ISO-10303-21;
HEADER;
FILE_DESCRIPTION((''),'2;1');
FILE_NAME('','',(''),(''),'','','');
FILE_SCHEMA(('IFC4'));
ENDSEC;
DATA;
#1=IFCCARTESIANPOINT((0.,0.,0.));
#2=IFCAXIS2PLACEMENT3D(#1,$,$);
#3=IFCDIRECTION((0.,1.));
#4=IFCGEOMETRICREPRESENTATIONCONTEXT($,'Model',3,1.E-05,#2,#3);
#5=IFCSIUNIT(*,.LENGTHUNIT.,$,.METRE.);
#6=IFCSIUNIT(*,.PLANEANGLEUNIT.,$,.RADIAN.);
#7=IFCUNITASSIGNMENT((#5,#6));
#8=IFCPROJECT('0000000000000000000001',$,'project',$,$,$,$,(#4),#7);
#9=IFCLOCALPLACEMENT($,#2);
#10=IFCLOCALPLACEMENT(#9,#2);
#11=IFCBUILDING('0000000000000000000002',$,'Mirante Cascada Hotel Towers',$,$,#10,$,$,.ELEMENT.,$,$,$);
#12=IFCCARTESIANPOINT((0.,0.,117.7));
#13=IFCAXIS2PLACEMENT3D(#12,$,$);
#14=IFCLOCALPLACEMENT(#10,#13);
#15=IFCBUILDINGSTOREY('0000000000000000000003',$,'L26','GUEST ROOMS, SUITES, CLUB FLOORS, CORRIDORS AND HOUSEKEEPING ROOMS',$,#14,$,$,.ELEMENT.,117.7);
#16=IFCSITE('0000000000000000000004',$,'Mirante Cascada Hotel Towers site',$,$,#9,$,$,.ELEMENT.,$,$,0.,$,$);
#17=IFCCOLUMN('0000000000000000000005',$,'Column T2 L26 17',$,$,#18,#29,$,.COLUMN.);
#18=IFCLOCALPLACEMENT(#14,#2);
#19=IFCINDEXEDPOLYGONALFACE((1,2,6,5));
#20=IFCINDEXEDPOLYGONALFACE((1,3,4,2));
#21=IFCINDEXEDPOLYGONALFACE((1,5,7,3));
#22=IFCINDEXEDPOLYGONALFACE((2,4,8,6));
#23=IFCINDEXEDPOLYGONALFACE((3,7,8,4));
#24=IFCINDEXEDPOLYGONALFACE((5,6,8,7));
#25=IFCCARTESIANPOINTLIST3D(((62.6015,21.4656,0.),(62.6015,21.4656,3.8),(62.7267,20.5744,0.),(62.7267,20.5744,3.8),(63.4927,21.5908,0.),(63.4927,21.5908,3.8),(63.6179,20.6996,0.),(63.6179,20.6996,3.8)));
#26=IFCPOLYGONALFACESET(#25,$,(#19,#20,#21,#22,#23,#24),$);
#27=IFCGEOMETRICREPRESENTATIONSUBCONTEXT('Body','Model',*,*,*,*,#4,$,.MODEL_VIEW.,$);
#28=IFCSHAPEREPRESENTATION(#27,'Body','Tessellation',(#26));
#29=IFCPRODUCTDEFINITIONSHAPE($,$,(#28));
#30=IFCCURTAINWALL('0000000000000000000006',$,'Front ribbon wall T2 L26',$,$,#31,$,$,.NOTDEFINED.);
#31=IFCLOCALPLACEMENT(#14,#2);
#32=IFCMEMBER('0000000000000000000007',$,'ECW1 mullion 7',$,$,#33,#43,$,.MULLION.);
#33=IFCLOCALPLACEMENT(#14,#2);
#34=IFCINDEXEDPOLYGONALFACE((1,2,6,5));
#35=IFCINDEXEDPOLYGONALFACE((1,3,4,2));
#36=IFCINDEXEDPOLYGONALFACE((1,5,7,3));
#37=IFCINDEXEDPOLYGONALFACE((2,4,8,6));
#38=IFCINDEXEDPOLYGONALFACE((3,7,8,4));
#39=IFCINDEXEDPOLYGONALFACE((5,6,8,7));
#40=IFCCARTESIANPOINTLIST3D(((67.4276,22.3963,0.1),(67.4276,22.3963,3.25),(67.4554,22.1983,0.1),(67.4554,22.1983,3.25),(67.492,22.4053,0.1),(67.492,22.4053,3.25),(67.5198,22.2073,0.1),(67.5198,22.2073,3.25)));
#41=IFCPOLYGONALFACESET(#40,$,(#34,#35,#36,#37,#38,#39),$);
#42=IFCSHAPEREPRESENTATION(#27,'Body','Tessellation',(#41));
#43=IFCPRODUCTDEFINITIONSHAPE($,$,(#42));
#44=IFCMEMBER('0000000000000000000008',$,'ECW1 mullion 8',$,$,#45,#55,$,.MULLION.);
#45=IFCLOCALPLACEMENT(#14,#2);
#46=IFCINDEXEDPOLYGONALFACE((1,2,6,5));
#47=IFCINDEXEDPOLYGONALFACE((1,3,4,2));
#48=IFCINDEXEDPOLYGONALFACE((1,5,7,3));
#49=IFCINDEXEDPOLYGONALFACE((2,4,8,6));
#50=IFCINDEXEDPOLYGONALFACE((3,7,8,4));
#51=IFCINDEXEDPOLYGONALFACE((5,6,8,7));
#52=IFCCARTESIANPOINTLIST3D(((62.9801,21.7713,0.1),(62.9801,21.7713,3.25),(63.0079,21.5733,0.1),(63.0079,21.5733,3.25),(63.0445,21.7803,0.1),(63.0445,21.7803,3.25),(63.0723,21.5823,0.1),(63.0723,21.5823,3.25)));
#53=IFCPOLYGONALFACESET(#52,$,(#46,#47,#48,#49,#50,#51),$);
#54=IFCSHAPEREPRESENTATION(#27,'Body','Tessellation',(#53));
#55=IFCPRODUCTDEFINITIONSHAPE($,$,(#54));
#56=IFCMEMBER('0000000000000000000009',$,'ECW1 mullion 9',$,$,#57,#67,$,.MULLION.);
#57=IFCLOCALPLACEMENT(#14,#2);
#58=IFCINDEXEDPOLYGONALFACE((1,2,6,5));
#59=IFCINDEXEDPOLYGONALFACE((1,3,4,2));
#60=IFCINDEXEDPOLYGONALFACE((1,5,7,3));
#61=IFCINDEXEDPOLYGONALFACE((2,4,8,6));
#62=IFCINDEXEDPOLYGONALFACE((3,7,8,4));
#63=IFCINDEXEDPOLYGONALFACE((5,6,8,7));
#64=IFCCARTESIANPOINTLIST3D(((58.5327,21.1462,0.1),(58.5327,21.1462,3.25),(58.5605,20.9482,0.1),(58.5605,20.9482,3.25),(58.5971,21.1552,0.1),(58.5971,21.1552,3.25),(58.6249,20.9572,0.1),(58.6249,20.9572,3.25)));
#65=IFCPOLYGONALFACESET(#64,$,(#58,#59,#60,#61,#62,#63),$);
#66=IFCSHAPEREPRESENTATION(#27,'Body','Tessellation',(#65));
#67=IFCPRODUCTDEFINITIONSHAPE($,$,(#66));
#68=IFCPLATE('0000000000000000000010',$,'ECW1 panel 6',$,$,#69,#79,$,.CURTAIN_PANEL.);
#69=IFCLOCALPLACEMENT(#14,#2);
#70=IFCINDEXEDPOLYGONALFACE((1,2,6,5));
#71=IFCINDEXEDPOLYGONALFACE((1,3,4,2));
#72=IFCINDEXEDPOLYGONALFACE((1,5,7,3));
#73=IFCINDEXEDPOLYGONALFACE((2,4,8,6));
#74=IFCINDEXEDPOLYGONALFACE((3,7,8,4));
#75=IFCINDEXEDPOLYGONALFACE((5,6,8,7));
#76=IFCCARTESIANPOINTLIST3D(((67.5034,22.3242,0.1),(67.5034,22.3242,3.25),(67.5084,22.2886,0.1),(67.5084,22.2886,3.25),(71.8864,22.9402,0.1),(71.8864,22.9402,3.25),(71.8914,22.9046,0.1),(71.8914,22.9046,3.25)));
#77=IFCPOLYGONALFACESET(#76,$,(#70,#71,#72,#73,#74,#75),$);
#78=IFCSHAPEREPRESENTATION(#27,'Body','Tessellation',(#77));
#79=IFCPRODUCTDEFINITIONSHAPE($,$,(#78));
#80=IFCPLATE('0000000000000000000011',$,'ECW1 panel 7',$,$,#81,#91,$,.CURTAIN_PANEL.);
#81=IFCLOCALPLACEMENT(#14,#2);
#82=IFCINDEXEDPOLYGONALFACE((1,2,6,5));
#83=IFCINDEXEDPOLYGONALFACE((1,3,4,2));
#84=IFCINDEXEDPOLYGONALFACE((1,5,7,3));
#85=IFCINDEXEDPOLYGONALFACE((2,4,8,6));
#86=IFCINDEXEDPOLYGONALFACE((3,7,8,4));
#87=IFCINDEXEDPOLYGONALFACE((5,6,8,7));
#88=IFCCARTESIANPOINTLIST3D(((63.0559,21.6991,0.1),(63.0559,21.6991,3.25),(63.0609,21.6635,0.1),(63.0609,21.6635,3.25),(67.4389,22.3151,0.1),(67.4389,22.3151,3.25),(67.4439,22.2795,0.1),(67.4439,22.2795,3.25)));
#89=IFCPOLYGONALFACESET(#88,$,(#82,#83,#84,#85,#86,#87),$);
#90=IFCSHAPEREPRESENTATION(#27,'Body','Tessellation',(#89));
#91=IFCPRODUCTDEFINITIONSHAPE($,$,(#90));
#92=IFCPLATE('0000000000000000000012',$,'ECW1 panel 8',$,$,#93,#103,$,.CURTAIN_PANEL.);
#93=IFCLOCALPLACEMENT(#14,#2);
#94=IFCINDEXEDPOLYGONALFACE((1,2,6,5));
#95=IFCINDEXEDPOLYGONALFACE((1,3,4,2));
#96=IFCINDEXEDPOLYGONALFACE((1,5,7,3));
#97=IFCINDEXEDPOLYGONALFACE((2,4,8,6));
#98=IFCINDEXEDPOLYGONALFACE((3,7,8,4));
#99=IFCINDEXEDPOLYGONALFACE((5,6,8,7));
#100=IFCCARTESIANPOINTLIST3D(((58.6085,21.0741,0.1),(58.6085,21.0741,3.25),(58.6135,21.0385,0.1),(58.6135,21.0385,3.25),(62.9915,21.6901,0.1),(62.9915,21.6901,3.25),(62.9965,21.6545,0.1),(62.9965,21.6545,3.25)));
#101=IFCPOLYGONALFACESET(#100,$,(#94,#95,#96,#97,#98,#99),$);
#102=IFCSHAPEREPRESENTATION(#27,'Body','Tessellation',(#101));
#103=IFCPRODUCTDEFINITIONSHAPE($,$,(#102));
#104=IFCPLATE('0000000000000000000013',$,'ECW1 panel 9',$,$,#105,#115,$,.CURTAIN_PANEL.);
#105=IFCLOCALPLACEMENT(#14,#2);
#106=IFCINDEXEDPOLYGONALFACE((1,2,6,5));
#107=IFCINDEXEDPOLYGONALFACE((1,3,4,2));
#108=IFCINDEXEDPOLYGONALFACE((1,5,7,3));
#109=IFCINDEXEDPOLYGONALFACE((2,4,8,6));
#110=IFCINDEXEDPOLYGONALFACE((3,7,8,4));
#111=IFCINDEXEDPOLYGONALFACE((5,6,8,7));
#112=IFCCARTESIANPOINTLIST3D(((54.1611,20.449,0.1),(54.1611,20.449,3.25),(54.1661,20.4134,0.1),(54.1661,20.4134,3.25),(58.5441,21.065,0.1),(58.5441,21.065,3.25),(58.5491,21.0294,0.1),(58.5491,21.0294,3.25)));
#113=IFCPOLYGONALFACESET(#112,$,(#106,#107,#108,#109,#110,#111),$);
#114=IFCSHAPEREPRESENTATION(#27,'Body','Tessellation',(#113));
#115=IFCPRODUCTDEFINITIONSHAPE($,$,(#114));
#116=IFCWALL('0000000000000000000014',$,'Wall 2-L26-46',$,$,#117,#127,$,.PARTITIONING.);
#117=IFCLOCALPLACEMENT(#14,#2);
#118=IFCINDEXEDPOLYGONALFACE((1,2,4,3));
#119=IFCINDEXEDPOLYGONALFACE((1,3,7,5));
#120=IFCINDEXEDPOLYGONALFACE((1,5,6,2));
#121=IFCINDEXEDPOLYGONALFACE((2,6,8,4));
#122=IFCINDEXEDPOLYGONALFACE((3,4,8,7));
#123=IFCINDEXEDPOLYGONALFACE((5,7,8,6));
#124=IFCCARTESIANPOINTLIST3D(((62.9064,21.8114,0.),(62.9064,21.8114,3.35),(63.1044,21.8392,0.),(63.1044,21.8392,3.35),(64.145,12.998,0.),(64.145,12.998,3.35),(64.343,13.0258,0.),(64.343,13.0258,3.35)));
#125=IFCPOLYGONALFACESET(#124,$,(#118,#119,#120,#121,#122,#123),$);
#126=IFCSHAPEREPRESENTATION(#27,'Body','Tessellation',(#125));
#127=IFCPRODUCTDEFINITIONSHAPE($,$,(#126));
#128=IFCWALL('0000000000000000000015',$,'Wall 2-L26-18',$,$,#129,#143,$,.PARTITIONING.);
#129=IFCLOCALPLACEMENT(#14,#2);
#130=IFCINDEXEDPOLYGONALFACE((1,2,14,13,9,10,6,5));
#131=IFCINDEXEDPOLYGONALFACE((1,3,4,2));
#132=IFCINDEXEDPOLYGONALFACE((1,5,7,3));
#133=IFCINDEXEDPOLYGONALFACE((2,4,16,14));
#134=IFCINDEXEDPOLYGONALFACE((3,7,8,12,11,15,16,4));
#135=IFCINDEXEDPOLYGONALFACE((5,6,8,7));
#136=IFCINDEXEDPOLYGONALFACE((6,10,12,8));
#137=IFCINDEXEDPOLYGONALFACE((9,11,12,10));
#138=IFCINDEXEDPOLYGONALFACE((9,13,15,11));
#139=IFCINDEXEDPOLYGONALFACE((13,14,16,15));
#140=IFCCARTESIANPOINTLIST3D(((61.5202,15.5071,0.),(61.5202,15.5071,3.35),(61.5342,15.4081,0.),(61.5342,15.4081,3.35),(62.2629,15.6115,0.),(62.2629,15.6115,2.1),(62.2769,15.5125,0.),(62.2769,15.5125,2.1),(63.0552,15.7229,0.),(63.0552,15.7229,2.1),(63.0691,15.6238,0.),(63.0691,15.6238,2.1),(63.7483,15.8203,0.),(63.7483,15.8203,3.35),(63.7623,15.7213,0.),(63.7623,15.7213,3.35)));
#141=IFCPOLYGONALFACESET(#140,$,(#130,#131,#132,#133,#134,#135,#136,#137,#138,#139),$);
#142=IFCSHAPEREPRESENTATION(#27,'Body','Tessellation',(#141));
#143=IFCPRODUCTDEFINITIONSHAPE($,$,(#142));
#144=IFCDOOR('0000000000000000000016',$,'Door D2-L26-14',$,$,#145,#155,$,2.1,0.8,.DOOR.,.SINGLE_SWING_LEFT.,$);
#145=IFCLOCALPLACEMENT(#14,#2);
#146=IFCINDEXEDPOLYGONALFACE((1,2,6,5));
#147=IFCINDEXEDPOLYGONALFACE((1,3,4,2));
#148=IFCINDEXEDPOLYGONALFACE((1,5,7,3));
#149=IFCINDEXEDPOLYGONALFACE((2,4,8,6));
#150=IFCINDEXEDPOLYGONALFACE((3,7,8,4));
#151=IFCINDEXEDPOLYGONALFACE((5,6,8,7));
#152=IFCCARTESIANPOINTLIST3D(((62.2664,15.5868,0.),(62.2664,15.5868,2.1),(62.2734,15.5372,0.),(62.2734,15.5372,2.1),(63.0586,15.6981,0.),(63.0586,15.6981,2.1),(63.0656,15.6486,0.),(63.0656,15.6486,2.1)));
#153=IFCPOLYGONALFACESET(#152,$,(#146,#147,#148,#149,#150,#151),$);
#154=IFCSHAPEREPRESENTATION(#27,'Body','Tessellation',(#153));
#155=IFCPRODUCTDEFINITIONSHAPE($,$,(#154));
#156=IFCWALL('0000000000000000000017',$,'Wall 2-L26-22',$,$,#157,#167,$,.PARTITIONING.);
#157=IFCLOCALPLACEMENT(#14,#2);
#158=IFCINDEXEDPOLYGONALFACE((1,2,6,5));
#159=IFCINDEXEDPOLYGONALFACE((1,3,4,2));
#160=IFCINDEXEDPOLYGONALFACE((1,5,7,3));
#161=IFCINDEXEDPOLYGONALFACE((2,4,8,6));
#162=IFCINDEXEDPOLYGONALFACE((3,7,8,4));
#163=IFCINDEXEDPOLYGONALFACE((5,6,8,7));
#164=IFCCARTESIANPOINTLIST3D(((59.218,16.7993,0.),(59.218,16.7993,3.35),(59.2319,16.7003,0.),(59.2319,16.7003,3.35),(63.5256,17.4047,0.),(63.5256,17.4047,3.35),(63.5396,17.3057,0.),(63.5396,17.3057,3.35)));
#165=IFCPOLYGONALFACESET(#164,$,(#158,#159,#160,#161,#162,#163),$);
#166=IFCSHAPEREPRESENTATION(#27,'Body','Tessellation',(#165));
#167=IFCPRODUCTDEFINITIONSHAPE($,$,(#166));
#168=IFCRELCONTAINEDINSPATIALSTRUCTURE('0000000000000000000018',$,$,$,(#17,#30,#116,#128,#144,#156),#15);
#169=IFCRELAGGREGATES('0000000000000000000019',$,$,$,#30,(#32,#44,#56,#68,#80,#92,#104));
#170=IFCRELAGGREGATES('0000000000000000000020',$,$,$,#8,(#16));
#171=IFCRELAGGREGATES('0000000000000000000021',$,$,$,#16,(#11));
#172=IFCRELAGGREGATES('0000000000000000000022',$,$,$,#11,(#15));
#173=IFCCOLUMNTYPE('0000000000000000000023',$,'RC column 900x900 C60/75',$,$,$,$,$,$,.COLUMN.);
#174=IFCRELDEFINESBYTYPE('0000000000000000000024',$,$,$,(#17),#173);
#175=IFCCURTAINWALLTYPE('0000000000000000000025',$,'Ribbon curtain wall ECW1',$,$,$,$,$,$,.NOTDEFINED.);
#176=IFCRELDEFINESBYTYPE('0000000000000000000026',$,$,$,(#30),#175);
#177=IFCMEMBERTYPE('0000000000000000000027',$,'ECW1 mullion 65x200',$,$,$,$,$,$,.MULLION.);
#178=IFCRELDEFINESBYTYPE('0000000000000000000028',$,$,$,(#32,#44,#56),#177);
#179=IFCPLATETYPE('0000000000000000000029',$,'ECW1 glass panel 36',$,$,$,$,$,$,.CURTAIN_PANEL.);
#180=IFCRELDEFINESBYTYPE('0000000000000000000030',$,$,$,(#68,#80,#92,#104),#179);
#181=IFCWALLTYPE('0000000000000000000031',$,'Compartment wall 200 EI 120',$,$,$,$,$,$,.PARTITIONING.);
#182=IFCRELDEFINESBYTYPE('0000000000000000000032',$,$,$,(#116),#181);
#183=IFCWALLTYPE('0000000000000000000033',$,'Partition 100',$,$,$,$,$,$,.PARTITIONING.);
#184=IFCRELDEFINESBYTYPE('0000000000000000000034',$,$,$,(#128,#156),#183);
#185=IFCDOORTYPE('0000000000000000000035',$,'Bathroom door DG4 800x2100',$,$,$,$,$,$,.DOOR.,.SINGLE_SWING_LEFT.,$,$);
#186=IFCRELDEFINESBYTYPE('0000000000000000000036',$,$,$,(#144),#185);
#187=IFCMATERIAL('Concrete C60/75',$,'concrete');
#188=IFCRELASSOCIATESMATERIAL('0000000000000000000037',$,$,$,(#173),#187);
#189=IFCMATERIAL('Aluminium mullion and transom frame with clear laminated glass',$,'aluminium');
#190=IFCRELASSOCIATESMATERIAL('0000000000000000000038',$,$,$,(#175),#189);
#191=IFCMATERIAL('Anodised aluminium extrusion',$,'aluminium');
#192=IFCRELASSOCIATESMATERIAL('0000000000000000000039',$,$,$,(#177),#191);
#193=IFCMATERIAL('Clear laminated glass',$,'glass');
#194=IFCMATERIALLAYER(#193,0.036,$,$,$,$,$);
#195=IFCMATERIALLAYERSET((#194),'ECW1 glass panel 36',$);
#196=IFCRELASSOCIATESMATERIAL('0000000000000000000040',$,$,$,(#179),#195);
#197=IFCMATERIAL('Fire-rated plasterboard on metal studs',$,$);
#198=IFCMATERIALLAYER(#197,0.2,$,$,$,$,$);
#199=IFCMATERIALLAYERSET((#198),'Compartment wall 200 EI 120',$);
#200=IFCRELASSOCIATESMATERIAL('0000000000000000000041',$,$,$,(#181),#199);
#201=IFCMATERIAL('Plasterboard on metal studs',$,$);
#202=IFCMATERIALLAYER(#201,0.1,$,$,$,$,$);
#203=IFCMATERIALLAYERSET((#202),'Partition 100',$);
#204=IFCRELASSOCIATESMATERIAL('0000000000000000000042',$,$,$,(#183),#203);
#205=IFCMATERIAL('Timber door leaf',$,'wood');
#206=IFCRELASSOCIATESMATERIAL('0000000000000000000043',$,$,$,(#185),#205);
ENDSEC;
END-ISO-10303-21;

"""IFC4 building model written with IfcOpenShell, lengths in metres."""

from ifc_helpers import new_model, si_unit, direction, frame, frame_2d, origin, origin_2d, place, context, subcontext, project, spatial, rectangle, extrude, material, layer, layer_set, material_profile, profile_set, type_object, element, fill, aggregate, save


model = new_model("IFC4")

# Units and contexts
model_context = context("Model", 3, precision=1e-05, world=origin(), true_north=direction((0.0, 1.0)))
body_context = subcontext(model_context, "Body", "Model", "MODEL_VIEW")
ifc_project = project(units=[si_unit("LENGTHUNIT", "METRE"), si_unit("PLANEANGLEUNIT", "RADIAN")], contexts=[model_context])

# Site, building, storey
site_placement = place(None, origin())
site = spatial("IfcSite", under=ifc_project, at=site_placement, Name="Mirante Cascada Hotel Towers site", CompositionType="ELEMENT", RefElevation=0.0)
building_placement = place(site_placement, origin())
building = spatial("IfcBuilding", under=site, at=building_placement, Name="Mirante Cascada Hotel Towers", CompositionType="ELEMENT")
storey_placement = place(building_placement, frame((0.0, 0.0, 117.7)))
storey = spatial("IfcBuildingStorey", under=building, at=storey_placement, Name="L26", Description="GUEST ROOMS, SUITES, CLUB FLOORS, CORRIDORS AND HOUSEKEEPING ROOMS", CompositionType="ELEMENT", Elevation=117.7)

# Column
ifc_material_1 = material(Name="Concrete C60/75", Category="concrete")
ifc_material_profile_1 = material_profile(ifc_material_1, rectangle(XDim=0.9, YDim=0.9, at=origin_2d()), Name="RC column 900x900 C60/75")
ifc_profile_set_1 = profile_set([ifc_material_profile_1], Name="Concrete C60/75")
column_type = type_object("IfcColumnType", Name="RC column 900x900 C60/75", PredefinedType="COLUMN", material=ifc_profile_set_1)
column_placement = place(storey_placement, frame((63.1097, 21.0826, 0.0), z_axis=(0.0, 0.0, 1.0), x_axis=(0.990268, 0.139173, 0.0)))
element("IfcColumn", 1, at=column_placement, inside=storey, type_object=column_type, Name="Column T2 L26 17", PredefinedType="COLUMN", context=body_context, shape_type="SweptSolid", body=[
    extrude(rectangle(XDim=0.9, YDim=0.9, at=origin_2d()), origin(), (0.0, 0.0, 1.0), 3.8),
])

# Curtain wall, members, plates
ifc_material_2 = material(Name="Aluminium mullion and transom frame with clear laminated glass", Category="aluminium")
curtain_wall_type = type_object("IfcCurtainWallType", Name="Ribbon curtain wall ECW1", PredefinedType="NOTDEFINED", material=ifc_material_2)
curtain_wall_placement = place(storey_placement, origin())
curtain_wall = element("IfcCurtainWall", 2, at=curtain_wall_placement, inside=storey, type_object=curtain_wall_type, Name="Front ribbon wall T2 L26", PredefinedType="NOTDEFINED")
ifc_material_3 = material(Name="Anodised aluminium extrusion", Category="aluminium")
ifc_material_profile_2 = material_profile(ifc_material_3, rectangle(XDim=0.2, YDim=0.065, at=origin_2d()), Name="ECW1 MULLION 65x200")
ifc_profile_set_2 = profile_set([ifc_material_profile_2], Name="Anodised aluminium extrusion")
member_type = type_object("IfcMemberType", Name="ECW1 mullion 65x200", PredefinedType="MULLION", material=ifc_profile_set_2)
member_1_placement = place(storey_placement, frame((67.4737, 22.3018, 0.1), z_axis=(0.0, 0.0, 1.0), x_axis=(0.139173, -0.990268, 0.0)))
member_1 = element("IfcMember", 3, at=member_1_placement, type_object=member_type, Name="ECW1 mullion 7", PredefinedType="MULLION", context=body_context, shape_type="SweptSolid", body=[
    extrude(rectangle(XDim=0.2, YDim=0.065, at=origin_2d()), origin(), (0.0, 0.0, 1.0), 3.15),
])
member_2_placement = place(storey_placement, frame((63.0262, 21.6768, 0.1), z_axis=(0.0, 0.0, 1.0), x_axis=(0.139173, -0.990268, 0.0)))
member_2 = element("IfcMember", 4, at=member_2_placement, type_object=member_type, Name="ECW1 mullion 8", PredefinedType="MULLION", context=body_context, shape_type="SweptSolid", body=[
    extrude(rectangle(XDim=0.2, YDim=0.065, at=origin_2d()), origin(), (0.0, 0.0, 1.0), 3.15),
])
member_3_placement = place(storey_placement, frame((58.5788, 21.0517, 0.1), z_axis=(0.0, 0.0, 1.0), x_axis=(0.139173, -0.990268, 0.0)))
member_3 = element("IfcMember", 5, at=member_3_placement, type_object=member_type, Name="ECW1 mullion 9", PredefinedType="MULLION", context=body_context, shape_type="SweptSolid", body=[
    extrude(rectangle(XDim=0.2, YDim=0.065, at=origin_2d()), origin(), (0.0, 0.0, 1.0), 3.15),
])
ifc_material_4 = material(Name="Clear laminated glass", Category="glass")
ifc_layer_1 = layer(ifc_material_4, 0.036)
ifc_layer_set_1 = layer_set([ifc_layer_1], Name="ECW1 glass panel 36")
plate_type = type_object("IfcPlateType", Name="ECW1 glass panel 36", PredefinedType="CURTAIN_PANEL", material=ifc_layer_set_1)
plate_1_placement = place(storey_placement, frame((69.6974, 22.6144, 0.1), z_axis=(0.0, 0.0, 1.0), x_axis=(-0.990268, -0.139173, 0.0)))
plate_1 = element("IfcPlate", 6, at=plate_1_placement, type_object=plate_type, Name="ECW1 panel 6", PredefinedType="CURTAIN_PANEL", context=body_context, shape_type="SweptSolid", body=[
    extrude(rectangle(XDim=4.4261, YDim=0.036, at=origin_2d()), origin(), (0.0, 0.0, 1.0), 3.15),
])
plate_2_placement = place(storey_placement, frame((65.2499, 21.9893, 0.1), z_axis=(0.0, 0.0, 1.0), x_axis=(-0.990268, -0.139173, 0.0)))
plate_2 = element("IfcPlate", 7, at=plate_2_placement, type_object=plate_type, Name="ECW1 panel 7", PredefinedType="CURTAIN_PANEL", context=body_context, shape_type="SweptSolid", body=[
    extrude(rectangle(XDim=4.4261, YDim=0.036, at=origin_2d()), origin(), (0.0, 0.0, 1.0), 3.15),
])
plate_3_placement = place(storey_placement, frame((60.8025, 21.3643, 0.1), z_axis=(0.0, 0.0, 1.0), x_axis=(-0.990268, -0.139173, 0.0)))
plate_3 = element("IfcPlate", 8, at=plate_3_placement, type_object=plate_type, Name="ECW1 panel 8", PredefinedType="CURTAIN_PANEL", context=body_context, shape_type="SweptSolid", body=[
    extrude(rectangle(XDim=4.4261, YDim=0.036, at=origin_2d()), origin(), (0.0, 0.0, 1.0), 3.15),
])
plate_4_placement = place(storey_placement, frame((56.3551, 20.7392, 0.1), z_axis=(0.0, 0.0, 1.0), x_axis=(-0.990268, -0.139173, 0.0)))
plate_4 = element("IfcPlate", 9, at=plate_4_placement, type_object=plate_type, Name="ECW1 panel 9", PredefinedType="CURTAIN_PANEL", context=body_context, shape_type="SweptSolid", body=[
    extrude(rectangle(XDim=4.4261, YDim=0.036, at=origin_2d()), origin(), (0.0, 0.0, 1.0), 3.15),
])
aggregate(curtain_wall, [member_1, member_2, member_3, plate_1, plate_2, plate_3, plate_4])

# Wall
ifc_material_5 = material(Name="Fire-rated plasterboard on metal studs")
ifc_layer_2 = layer(ifc_material_5, 0.2)
ifc_layer_set_2 = layer_set([ifc_layer_2], Name="Compartment wall 200 EI 120")
wall_type_1 = type_object("IfcWallType", Name="Compartment wall 200 EI 120", PredefinedType="PARTITIONING", material=ifc_layer_set_2)
wall_1_placement = place(storey_placement, frame((63.0054, 21.8253, 0.0), z_axis=(0.0, 0.0, 1.0), x_axis=(0.139168, -0.990269, 0.0)))
element("IfcWall", 10, at=wall_1_placement, inside=storey, type_object=wall_type_1, Name="Wall 2-L26-46", PredefinedType="PARTITIONING", context=body_context, shape_type="SweptSolid", body=[
    extrude(rectangle(XDim=8.9, YDim=0.2, at=frame_2d((4.45, 0.0))), origin(), (0.0, 0.0, 1.0), 3.35),
])

# Wall, opening, door
ifc_material_6 = material(Name="Plasterboard on metal studs")
ifc_layer_3 = layer(ifc_material_6, 0.1)
ifc_layer_set_3 = layer_set([ifc_layer_3], Name="Partition 100")
wall_type_2 = type_object("IfcWallType", Name="Partition 100", PredefinedType="PARTITIONING", material=ifc_layer_set_3)
wall_2_placement = place(storey_placement, frame((63.7553, 15.7708, 0.0), z_axis=(0.0, 0.0, 1.0), x_axis=(-0.990264, -0.1392, 0.0)))
wall_2 = element("IfcWall", 11, at=wall_2_placement, inside=storey, type_object=wall_type_2, Name="Wall 2-L26-18", PredefinedType="PARTITIONING", context=body_context, shape_type="SweptSolid", body=[
    extrude(rectangle(XDim=2.25, YDim=0.1, at=frame_2d((1.125, 0.0))), origin(), (0.0, 0.0, 1.0), 3.35),
])
opening_1_placement = place(wall_2_placement, frame((0.7, 0.0, 0.0)))
opening_1 = element("IfcOpeningElement", 12, at=opening_1_placement, cuts=wall_2, PredefinedType="OPENING", context=body_context, shape_type="SweptSolid", body=[
    extrude(rectangle(XDim=0.8, YDim=2.1, at=frame_2d((0.4, 1.05))), frame((0.0, 0.05, 0.0), z_axis=(0.0, -1.0, 0.0), x_axis=(1.0, 0.0, 0.0)), (0.0, 0.0, 1.0), 0.1),
])
ifc_material_7 = material(Name="Timber door leaf", Category="wood")
door_type_1 = type_object("IfcDoorType", Name="Bathroom door DG4 800x2100", OperationType="SINGLE_SWING_LEFT", PredefinedType="DOOR", material=ifc_material_7)
door_1_placement = place(opening_1_placement, origin())
door_1 = element("IfcDoor", 13, at=door_1_placement, inside=storey, type_object=door_type_1, Name="Door D2-L26-14", OperationType="SINGLE_SWING_LEFT", OverallHeight=2.1, OverallWidth=0.8, PredefinedType="DOOR", context=body_context, shape_type="SweptSolid", body=[
    extrude(rectangle(XDim=0.8, YDim=2.1, at=frame_2d((0.4, 1.05))), frame((0.0, 0.025, 0.0), z_axis=(0.0, -1.0, 0.0), x_axis=(1.0, 0.0, 0.0)), (0.0, 0.0, 1.0), 0.05),
])
fill(opening_1, door_1)

# Wall
wall_3_placement = place(storey_placement, frame((63.5326, 17.3552, 0.0), z_axis=(0.0, 0.0, 1.0), x_axis=(-0.990268, -0.139171, 0.0)))
element("IfcWall", 14, at=wall_3_placement, inside=storey, type_object=wall_type_2, Name="Wall 2-L26-22", PredefinedType="PARTITIONING", context=body_context, shape_type="SweptSolid", body=[
    extrude(rectangle(XDim=4.35, YDim=0.1, at=frame_2d((2.175, 0.0))), origin(), (0.0, 0.0, 1.0), 3.35),
])

save(model, "model.ifc")
